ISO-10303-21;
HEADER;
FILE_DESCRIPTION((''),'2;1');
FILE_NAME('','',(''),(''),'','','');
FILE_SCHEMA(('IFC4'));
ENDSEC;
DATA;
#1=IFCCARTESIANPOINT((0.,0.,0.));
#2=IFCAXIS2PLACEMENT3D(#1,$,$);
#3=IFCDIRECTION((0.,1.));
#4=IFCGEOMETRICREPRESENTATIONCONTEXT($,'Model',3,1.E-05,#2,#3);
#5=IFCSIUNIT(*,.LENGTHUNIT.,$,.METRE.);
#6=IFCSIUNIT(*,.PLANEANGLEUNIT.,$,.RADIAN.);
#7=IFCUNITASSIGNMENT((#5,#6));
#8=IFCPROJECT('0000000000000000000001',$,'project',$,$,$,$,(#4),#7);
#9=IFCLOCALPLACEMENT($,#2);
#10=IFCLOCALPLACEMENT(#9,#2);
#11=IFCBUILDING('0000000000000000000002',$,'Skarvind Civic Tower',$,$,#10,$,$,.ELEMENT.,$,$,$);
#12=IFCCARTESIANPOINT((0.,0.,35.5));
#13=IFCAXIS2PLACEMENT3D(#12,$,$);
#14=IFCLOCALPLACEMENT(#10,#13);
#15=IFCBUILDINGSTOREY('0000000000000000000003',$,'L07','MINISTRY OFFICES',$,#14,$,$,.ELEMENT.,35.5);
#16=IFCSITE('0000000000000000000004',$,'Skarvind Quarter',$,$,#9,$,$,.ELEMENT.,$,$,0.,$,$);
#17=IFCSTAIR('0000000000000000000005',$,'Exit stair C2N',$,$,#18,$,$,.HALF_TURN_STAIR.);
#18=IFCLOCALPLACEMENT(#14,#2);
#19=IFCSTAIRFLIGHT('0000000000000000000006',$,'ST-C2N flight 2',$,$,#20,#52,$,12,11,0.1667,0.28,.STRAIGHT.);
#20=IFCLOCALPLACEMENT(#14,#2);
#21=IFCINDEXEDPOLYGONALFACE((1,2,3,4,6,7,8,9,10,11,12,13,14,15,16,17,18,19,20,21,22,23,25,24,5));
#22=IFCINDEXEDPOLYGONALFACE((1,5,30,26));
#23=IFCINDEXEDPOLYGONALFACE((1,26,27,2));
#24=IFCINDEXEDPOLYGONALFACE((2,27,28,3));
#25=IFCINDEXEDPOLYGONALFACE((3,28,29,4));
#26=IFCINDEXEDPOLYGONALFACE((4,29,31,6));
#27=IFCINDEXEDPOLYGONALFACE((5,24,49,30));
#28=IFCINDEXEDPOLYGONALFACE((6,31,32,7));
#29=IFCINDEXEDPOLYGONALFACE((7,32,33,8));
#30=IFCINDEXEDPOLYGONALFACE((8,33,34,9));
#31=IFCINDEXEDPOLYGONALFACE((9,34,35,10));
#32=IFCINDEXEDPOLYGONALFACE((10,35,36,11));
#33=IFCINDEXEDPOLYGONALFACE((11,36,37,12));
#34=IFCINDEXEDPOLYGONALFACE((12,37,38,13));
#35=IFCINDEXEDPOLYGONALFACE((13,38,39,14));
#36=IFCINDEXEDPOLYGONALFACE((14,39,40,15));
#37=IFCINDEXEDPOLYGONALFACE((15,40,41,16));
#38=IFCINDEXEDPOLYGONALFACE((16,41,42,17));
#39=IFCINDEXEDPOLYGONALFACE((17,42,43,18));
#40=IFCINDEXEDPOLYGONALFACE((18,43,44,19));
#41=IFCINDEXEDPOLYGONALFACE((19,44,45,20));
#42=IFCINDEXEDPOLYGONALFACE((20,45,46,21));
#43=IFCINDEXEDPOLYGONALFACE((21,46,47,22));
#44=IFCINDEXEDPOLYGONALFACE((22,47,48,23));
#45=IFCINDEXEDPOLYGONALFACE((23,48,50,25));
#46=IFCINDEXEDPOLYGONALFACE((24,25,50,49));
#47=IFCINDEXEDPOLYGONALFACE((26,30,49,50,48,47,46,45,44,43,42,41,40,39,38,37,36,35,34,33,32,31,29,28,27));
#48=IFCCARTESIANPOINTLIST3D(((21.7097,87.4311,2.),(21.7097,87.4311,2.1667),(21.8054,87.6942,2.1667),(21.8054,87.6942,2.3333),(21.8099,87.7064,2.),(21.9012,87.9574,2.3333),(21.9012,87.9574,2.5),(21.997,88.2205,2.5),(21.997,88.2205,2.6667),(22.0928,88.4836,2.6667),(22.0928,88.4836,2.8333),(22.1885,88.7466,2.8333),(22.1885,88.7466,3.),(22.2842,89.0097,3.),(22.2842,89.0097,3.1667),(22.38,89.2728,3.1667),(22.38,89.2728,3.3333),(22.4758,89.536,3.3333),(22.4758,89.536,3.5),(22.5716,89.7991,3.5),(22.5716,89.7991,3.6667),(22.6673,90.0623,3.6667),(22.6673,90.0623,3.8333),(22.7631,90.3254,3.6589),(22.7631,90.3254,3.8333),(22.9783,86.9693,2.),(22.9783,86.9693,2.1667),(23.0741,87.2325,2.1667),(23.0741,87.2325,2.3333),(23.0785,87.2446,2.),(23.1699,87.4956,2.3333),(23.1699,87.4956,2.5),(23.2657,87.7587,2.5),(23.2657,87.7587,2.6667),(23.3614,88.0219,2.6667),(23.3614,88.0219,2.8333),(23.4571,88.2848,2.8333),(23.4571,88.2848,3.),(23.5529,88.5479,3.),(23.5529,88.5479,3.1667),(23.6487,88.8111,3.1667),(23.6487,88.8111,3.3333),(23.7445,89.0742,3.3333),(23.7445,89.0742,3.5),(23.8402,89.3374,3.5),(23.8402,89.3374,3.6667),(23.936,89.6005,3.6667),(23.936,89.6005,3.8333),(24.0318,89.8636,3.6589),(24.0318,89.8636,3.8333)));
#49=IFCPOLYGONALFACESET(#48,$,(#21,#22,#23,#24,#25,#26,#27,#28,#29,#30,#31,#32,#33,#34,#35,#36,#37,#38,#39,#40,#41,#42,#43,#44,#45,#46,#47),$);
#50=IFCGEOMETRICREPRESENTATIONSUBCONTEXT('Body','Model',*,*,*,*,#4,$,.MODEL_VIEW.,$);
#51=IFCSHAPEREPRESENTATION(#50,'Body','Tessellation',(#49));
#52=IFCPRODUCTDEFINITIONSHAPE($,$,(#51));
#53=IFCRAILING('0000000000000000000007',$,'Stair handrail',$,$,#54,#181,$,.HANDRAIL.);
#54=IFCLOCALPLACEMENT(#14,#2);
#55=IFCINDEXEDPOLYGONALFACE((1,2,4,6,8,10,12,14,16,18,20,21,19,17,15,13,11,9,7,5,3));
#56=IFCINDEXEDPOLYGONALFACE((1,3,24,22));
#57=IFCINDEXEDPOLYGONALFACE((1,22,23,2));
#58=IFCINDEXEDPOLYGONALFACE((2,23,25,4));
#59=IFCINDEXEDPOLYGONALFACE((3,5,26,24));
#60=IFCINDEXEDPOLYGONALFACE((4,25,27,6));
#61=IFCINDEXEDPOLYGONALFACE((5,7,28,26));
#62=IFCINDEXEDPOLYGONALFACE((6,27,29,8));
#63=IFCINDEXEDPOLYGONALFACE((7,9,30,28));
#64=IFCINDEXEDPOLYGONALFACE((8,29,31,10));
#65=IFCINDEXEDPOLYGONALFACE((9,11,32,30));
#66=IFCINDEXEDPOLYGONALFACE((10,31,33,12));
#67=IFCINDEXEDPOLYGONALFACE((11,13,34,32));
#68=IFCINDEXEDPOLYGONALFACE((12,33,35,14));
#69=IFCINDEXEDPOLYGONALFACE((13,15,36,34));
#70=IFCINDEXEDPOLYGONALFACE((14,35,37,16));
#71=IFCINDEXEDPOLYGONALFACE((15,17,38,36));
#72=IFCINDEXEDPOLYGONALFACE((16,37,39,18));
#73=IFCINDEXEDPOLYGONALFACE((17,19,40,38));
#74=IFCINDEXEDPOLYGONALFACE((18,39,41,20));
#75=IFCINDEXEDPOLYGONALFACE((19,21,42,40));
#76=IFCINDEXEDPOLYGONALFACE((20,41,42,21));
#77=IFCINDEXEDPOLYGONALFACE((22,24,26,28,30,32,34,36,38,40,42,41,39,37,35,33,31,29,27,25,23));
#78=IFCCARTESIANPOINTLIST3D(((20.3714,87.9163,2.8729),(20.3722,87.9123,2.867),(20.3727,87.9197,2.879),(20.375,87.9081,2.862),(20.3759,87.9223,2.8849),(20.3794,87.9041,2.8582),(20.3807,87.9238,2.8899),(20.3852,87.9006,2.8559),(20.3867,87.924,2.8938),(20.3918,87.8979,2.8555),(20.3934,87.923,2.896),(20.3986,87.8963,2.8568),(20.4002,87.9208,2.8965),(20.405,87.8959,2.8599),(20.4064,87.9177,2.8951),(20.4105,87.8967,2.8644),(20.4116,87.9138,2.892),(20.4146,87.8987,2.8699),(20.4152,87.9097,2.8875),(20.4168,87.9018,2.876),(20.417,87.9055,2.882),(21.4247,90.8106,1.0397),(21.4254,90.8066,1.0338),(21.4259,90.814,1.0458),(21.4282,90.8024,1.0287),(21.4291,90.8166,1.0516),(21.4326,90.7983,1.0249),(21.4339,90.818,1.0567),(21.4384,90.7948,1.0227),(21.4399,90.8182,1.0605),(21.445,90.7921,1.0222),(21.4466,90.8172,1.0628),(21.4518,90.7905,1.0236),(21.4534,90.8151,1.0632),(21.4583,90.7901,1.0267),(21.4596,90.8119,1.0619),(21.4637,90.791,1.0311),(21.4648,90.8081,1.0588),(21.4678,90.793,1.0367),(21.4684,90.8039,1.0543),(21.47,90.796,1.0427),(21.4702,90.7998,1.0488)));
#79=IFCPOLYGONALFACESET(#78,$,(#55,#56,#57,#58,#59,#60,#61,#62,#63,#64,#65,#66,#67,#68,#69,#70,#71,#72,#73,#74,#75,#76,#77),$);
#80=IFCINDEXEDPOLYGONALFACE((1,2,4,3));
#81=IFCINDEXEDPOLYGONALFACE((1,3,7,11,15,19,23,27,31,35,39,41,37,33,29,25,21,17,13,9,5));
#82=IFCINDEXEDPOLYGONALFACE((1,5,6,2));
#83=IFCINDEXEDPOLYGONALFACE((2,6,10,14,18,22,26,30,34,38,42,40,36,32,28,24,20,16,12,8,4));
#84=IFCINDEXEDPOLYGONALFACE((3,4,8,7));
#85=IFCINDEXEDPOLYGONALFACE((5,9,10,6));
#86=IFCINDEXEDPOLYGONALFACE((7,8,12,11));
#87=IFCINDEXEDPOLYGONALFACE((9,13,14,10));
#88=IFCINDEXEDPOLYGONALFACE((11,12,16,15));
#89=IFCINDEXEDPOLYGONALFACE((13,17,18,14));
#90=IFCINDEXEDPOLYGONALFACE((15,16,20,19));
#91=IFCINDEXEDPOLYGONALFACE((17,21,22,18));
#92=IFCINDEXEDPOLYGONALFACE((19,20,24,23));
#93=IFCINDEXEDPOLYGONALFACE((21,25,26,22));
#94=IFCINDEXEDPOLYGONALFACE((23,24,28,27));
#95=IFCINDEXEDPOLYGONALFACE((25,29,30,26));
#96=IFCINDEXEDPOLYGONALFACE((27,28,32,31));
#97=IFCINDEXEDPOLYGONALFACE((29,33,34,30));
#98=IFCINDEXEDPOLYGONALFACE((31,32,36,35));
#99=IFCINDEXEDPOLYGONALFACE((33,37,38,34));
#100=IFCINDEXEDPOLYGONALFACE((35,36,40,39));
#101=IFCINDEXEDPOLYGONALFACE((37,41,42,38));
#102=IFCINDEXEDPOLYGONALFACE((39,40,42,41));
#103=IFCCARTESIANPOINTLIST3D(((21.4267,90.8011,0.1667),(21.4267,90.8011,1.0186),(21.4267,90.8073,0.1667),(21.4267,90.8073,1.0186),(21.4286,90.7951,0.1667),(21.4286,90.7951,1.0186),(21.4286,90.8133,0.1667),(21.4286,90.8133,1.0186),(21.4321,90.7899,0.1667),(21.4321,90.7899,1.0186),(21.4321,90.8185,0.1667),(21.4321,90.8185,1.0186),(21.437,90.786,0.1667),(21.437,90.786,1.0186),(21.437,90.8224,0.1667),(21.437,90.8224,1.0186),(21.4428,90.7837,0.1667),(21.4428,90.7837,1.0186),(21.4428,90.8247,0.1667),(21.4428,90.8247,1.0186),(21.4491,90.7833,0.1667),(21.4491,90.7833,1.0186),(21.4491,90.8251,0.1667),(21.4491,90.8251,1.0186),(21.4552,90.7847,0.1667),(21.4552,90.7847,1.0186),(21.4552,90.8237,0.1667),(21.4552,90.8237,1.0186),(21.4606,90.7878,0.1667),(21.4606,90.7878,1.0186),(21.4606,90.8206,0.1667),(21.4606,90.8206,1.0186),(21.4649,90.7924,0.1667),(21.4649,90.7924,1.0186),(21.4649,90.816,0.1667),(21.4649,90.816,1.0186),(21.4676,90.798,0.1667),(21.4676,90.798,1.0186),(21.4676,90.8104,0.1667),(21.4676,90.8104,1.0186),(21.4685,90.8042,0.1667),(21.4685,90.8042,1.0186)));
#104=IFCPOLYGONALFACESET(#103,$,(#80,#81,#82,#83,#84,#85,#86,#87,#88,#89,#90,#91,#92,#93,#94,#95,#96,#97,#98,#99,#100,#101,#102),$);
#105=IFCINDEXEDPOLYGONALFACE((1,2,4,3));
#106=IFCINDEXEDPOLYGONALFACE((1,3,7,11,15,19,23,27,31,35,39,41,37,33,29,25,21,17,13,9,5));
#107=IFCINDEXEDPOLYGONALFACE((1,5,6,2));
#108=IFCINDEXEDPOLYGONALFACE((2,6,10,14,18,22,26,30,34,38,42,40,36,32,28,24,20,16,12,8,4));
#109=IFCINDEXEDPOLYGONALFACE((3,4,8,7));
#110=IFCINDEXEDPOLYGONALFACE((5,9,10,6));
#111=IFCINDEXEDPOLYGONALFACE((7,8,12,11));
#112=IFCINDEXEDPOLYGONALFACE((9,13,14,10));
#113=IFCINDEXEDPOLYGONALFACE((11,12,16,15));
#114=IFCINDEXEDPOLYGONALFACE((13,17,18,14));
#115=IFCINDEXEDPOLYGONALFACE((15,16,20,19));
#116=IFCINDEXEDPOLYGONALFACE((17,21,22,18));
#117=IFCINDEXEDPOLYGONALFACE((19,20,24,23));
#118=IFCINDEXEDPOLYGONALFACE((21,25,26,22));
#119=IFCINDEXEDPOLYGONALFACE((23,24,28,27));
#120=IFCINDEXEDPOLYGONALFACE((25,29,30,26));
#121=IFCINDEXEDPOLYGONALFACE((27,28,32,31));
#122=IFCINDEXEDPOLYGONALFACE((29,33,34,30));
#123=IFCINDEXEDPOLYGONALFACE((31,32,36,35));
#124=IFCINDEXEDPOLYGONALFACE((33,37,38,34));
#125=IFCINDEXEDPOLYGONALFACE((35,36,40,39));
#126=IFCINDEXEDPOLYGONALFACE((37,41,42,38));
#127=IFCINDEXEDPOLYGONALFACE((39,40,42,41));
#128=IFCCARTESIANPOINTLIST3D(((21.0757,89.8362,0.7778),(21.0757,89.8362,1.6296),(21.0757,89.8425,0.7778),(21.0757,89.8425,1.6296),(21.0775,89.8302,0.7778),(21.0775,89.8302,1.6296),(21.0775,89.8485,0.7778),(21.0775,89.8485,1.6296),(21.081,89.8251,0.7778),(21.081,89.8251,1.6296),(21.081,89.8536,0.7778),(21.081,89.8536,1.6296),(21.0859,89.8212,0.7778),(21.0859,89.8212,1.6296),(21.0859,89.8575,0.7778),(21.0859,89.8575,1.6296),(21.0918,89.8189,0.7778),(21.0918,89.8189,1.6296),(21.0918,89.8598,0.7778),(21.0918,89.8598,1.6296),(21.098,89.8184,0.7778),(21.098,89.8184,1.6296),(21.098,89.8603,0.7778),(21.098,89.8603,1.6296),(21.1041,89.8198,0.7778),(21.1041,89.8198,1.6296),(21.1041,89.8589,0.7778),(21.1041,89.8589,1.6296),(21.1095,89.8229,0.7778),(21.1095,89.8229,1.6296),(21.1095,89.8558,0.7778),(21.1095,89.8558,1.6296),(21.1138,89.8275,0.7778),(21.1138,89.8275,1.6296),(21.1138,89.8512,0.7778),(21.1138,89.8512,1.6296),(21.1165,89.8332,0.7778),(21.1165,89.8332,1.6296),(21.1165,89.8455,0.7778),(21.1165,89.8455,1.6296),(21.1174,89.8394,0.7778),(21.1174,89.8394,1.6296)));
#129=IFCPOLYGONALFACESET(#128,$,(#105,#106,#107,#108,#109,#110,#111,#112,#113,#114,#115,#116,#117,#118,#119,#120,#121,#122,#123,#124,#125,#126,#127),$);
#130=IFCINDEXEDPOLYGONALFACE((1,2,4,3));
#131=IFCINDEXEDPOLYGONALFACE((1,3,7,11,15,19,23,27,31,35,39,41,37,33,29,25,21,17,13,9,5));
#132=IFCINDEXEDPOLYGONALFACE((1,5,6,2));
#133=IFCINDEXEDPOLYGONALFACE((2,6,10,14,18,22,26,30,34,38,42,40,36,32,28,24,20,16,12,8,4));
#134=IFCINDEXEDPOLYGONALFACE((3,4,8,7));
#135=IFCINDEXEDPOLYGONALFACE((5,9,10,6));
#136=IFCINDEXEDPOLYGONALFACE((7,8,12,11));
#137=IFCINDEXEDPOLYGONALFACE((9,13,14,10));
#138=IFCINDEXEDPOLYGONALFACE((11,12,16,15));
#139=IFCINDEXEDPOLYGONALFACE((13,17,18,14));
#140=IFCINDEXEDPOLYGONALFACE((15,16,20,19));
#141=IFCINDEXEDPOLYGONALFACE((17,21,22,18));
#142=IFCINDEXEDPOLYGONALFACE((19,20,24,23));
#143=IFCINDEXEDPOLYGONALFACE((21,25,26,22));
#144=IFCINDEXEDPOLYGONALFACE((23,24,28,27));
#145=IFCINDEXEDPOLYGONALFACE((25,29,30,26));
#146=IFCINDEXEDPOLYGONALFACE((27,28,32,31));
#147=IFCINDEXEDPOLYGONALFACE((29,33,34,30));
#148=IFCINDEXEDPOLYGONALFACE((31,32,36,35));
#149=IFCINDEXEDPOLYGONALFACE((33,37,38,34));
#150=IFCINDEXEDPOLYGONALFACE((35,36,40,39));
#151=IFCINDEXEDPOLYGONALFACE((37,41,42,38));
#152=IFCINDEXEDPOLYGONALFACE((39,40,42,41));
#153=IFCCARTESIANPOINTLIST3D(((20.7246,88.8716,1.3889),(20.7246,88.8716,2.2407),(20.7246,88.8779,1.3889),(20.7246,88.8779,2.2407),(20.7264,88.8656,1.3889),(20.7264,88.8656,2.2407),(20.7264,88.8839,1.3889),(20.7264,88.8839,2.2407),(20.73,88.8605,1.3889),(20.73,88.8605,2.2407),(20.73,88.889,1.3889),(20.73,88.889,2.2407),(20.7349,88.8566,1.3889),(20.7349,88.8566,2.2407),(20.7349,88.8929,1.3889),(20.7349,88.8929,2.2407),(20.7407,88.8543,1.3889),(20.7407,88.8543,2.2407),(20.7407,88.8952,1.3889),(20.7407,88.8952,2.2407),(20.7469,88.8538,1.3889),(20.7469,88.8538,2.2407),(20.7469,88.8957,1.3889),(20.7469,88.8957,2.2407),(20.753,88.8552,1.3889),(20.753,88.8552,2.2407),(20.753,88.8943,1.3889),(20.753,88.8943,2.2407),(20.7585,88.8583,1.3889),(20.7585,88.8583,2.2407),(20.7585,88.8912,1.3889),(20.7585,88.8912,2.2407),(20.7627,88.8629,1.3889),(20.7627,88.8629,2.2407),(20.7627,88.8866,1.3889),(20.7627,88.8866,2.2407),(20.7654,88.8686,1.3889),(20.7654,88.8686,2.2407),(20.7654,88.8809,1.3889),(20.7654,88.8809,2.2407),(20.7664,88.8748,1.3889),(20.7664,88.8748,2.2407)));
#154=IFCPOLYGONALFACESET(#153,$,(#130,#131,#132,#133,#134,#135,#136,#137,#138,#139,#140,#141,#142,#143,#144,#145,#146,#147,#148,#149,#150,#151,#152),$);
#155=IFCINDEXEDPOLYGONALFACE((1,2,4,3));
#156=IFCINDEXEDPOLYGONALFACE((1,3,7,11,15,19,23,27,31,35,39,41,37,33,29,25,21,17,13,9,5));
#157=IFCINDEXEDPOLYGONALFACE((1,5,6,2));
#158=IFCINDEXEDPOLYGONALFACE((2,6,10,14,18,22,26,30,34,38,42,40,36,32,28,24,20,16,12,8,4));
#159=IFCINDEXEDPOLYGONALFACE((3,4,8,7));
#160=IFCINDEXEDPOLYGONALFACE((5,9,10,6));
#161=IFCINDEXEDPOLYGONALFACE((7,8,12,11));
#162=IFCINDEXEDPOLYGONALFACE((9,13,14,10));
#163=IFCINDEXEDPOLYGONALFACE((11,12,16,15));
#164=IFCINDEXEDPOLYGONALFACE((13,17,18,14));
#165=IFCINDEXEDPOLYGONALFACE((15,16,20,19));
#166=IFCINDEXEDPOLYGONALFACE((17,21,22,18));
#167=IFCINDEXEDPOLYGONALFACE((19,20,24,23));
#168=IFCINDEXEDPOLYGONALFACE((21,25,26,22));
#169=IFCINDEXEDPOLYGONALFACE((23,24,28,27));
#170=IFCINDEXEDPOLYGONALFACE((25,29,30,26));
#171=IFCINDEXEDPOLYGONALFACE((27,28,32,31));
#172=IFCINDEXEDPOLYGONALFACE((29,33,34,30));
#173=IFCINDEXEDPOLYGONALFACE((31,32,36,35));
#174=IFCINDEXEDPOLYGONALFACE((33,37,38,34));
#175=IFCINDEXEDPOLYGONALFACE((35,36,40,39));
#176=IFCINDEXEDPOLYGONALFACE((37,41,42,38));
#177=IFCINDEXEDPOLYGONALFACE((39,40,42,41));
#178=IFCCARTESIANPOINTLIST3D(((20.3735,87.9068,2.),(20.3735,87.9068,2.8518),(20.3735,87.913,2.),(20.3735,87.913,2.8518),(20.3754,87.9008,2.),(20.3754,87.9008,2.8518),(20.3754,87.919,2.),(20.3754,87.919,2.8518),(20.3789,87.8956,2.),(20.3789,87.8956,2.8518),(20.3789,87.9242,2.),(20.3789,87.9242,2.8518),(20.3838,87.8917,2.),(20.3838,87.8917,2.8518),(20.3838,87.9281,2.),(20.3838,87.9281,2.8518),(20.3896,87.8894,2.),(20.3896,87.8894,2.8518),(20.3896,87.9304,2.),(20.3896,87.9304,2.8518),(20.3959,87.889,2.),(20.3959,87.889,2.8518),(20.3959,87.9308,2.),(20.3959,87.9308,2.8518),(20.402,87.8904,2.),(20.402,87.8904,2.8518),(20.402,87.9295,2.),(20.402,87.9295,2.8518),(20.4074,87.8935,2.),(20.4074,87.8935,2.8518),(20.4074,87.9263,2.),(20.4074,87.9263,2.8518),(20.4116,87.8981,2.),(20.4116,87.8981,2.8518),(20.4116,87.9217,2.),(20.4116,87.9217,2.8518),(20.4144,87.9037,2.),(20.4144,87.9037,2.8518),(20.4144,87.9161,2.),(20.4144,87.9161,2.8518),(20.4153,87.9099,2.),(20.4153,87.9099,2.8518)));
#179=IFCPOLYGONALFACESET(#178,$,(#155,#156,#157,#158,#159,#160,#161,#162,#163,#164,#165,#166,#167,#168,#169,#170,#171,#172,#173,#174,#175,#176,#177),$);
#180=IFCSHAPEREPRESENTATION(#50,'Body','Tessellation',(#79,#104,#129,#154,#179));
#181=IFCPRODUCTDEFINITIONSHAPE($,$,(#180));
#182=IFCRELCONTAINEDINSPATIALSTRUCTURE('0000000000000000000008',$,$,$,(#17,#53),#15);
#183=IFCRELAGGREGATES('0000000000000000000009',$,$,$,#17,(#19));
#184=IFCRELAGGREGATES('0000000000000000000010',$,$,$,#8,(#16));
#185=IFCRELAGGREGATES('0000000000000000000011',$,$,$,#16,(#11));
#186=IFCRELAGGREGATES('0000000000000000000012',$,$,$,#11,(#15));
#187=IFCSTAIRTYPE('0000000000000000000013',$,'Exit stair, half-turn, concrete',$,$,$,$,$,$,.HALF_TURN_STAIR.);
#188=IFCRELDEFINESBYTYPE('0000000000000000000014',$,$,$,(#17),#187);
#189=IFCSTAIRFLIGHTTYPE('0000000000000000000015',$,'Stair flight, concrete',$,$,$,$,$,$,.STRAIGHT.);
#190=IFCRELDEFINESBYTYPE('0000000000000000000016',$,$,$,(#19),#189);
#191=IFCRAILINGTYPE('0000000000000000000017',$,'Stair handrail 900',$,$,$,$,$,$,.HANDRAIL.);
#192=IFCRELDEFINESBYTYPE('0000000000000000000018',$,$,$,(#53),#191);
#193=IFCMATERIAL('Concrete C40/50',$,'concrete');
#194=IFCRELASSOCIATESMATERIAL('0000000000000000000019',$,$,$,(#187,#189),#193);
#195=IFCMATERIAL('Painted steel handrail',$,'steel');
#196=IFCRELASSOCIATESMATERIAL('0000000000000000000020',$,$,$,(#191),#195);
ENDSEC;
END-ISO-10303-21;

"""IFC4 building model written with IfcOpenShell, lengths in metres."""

from ifc_helpers import new_model, si_unit, direction, frame, origin, origin_2d, place, context, subcontext, project, spatial, polyline, circle, outline, extrude, material, type_object, element, aggregate, save


model = new_model("IFC4")

# Units and contexts
model_context = context("Model", 3, precision=1e-05, world=origin(), true_north=direction((0.0, 1.0)))
body_context = subcontext(model_context, "Body", "Model", "MODEL_VIEW")
ifc_project = project(units=[si_unit("LENGTHUNIT", "METRE"), si_unit("PLANEANGLEUNIT", "RADIAN")], contexts=[model_context])

# Site, building, storey
site_placement = place(None, origin())
site = spatial("IfcSite", under=ifc_project, at=site_placement, Name="Skarvind Quarter", CompositionType="ELEMENT", RefElevation=0.0)
building_placement = place(site_placement, origin())
building = spatial("IfcBuilding", under=site, at=building_placement, Name="Skarvind Civic Tower", CompositionType="ELEMENT")
storey_placement = place(building_placement, frame((0.0, 0.0, 35.5)))
storey = spatial("IfcBuildingStorey", under=building, at=storey_placement, Name="L07", Description="MINISTRY OFFICES", CompositionType="ELEMENT", Elevation=35.5)

# Stair, stair flight
ifc_material_1 = material(Name="Concrete C40/50", Category="concrete")
stair_type = type_object("IfcStairType", Name="Exit stair, half-turn, concrete", PredefinedType="HALF_TURN_STAIR", material=ifc_material_1)
stair_placement = place(storey_placement, origin())
stair = element("IfcStair", 1, at=stair_placement, inside=storey, type_object=stair_type, Name="Exit stair C2N", PredefinedType="HALF_TURN_STAIR")
stair_flight_type = type_object("IfcStairFlightType", Name="Stair flight, concrete", PredefinedType="STRAIGHT", material=ifc_material_1)
stair_flight_1_placement = place(storey_placement, frame((22.344, 87.2002, 2.0), z_axis=(0.0, 0.0, 1.0), x_axis=(0.34202, 0.939693, 0.0)))
stair_flight_1 = element("IfcStairFlight", 2, at=stair_flight_1_placement, type_object=stair_flight_type, Name="ST-C2N flight 2", NumberOfRisers=12, NumberOfTreads=11, PredefinedType="STRAIGHT", RiserHeight=0.1667, TreadLength=0.28, context=body_context, shape_type="SweptSolid", body=[
    extrude(outline(polyline([(0.0, 0.0), (0.0, 0.1667), (0.28, 0.1667), (0.28, 0.3333), (0.5601, 0.3333), (0.5601, 0.5), (0.8401, 0.5), (0.8401, 0.6667), (1.1201, 0.6667), (1.1201, 0.8333), (1.3999, 0.8333), (1.3999, 1.0), (1.6799, 1.0), (1.6799, 1.1667), (1.96, 1.1667), (1.96, 1.3333), (2.24, 1.3333), (2.24, 1.5), (2.52, 1.5), (2.52, 1.6667), (2.8, 1.6667), (2.8, 1.8333), (3.0801, 1.8333), (3.0801, 2.0), (3.0801, 1.6589), (0.293, 0.0), (0.0, 0.0)])), frame((0.0, 0.675, 0.0), z_axis=(0.0, -1.0, 0.0), x_axis=(1.0, 0.0, 0.0)), (0.0, 0.0, 1.0), 1.3501),
])
aggregate(stair, [stair_flight_1])

# Railing
ifc_material_2 = material(Name="Painted steel handrail", Category="steel")
railing_type = type_object("IfcRailingType", Name="Stair handrail 900", PredefinedType="HANDRAIL", material=ifc_material_2)
railing_1_placement = place(storey_placement, frame((21.4475, 90.8042, 0.1667)))
element("IfcRailing", 3, at=railing_1_placement, inside=storey, type_object=railing_type, Name="Stair handrail", PredefinedType="HANDRAIL", context=body_context, shape_type="SweptSolid", body=[
    extrude(circle(Radius=0.0239, at=origin_2d()), frame((0.0, 0.0, 0.876), z_axis=(-0.293846, -0.807497, 0.511472), x_axis=(0.939715, -0.341959, 0.0)), (0.0, 0.0, 1.0), 3.5842),
    extrude(circle(Radius=0.021, at=origin_2d()), origin(), (0.0, 0.0, 1.0), 0.8518),
    extrude(circle(Radius=0.021, at=origin_2d()), frame((-0.3511, -0.9648, 0.6111)), (0.0, 0.0, 1.0), 0.8518),
    extrude(circle(Radius=0.021, at=origin_2d()), frame((-0.7021, -1.9294, 1.2222)), (0.0, 0.0, 1.0), 0.8518),
    extrude(circle(Radius=0.021, at=origin_2d()), frame((-1.0532, -2.8943, 1.8333)), (0.0, 0.0, 1.0), 0.8518),
])

save(model, "model.ifc")
